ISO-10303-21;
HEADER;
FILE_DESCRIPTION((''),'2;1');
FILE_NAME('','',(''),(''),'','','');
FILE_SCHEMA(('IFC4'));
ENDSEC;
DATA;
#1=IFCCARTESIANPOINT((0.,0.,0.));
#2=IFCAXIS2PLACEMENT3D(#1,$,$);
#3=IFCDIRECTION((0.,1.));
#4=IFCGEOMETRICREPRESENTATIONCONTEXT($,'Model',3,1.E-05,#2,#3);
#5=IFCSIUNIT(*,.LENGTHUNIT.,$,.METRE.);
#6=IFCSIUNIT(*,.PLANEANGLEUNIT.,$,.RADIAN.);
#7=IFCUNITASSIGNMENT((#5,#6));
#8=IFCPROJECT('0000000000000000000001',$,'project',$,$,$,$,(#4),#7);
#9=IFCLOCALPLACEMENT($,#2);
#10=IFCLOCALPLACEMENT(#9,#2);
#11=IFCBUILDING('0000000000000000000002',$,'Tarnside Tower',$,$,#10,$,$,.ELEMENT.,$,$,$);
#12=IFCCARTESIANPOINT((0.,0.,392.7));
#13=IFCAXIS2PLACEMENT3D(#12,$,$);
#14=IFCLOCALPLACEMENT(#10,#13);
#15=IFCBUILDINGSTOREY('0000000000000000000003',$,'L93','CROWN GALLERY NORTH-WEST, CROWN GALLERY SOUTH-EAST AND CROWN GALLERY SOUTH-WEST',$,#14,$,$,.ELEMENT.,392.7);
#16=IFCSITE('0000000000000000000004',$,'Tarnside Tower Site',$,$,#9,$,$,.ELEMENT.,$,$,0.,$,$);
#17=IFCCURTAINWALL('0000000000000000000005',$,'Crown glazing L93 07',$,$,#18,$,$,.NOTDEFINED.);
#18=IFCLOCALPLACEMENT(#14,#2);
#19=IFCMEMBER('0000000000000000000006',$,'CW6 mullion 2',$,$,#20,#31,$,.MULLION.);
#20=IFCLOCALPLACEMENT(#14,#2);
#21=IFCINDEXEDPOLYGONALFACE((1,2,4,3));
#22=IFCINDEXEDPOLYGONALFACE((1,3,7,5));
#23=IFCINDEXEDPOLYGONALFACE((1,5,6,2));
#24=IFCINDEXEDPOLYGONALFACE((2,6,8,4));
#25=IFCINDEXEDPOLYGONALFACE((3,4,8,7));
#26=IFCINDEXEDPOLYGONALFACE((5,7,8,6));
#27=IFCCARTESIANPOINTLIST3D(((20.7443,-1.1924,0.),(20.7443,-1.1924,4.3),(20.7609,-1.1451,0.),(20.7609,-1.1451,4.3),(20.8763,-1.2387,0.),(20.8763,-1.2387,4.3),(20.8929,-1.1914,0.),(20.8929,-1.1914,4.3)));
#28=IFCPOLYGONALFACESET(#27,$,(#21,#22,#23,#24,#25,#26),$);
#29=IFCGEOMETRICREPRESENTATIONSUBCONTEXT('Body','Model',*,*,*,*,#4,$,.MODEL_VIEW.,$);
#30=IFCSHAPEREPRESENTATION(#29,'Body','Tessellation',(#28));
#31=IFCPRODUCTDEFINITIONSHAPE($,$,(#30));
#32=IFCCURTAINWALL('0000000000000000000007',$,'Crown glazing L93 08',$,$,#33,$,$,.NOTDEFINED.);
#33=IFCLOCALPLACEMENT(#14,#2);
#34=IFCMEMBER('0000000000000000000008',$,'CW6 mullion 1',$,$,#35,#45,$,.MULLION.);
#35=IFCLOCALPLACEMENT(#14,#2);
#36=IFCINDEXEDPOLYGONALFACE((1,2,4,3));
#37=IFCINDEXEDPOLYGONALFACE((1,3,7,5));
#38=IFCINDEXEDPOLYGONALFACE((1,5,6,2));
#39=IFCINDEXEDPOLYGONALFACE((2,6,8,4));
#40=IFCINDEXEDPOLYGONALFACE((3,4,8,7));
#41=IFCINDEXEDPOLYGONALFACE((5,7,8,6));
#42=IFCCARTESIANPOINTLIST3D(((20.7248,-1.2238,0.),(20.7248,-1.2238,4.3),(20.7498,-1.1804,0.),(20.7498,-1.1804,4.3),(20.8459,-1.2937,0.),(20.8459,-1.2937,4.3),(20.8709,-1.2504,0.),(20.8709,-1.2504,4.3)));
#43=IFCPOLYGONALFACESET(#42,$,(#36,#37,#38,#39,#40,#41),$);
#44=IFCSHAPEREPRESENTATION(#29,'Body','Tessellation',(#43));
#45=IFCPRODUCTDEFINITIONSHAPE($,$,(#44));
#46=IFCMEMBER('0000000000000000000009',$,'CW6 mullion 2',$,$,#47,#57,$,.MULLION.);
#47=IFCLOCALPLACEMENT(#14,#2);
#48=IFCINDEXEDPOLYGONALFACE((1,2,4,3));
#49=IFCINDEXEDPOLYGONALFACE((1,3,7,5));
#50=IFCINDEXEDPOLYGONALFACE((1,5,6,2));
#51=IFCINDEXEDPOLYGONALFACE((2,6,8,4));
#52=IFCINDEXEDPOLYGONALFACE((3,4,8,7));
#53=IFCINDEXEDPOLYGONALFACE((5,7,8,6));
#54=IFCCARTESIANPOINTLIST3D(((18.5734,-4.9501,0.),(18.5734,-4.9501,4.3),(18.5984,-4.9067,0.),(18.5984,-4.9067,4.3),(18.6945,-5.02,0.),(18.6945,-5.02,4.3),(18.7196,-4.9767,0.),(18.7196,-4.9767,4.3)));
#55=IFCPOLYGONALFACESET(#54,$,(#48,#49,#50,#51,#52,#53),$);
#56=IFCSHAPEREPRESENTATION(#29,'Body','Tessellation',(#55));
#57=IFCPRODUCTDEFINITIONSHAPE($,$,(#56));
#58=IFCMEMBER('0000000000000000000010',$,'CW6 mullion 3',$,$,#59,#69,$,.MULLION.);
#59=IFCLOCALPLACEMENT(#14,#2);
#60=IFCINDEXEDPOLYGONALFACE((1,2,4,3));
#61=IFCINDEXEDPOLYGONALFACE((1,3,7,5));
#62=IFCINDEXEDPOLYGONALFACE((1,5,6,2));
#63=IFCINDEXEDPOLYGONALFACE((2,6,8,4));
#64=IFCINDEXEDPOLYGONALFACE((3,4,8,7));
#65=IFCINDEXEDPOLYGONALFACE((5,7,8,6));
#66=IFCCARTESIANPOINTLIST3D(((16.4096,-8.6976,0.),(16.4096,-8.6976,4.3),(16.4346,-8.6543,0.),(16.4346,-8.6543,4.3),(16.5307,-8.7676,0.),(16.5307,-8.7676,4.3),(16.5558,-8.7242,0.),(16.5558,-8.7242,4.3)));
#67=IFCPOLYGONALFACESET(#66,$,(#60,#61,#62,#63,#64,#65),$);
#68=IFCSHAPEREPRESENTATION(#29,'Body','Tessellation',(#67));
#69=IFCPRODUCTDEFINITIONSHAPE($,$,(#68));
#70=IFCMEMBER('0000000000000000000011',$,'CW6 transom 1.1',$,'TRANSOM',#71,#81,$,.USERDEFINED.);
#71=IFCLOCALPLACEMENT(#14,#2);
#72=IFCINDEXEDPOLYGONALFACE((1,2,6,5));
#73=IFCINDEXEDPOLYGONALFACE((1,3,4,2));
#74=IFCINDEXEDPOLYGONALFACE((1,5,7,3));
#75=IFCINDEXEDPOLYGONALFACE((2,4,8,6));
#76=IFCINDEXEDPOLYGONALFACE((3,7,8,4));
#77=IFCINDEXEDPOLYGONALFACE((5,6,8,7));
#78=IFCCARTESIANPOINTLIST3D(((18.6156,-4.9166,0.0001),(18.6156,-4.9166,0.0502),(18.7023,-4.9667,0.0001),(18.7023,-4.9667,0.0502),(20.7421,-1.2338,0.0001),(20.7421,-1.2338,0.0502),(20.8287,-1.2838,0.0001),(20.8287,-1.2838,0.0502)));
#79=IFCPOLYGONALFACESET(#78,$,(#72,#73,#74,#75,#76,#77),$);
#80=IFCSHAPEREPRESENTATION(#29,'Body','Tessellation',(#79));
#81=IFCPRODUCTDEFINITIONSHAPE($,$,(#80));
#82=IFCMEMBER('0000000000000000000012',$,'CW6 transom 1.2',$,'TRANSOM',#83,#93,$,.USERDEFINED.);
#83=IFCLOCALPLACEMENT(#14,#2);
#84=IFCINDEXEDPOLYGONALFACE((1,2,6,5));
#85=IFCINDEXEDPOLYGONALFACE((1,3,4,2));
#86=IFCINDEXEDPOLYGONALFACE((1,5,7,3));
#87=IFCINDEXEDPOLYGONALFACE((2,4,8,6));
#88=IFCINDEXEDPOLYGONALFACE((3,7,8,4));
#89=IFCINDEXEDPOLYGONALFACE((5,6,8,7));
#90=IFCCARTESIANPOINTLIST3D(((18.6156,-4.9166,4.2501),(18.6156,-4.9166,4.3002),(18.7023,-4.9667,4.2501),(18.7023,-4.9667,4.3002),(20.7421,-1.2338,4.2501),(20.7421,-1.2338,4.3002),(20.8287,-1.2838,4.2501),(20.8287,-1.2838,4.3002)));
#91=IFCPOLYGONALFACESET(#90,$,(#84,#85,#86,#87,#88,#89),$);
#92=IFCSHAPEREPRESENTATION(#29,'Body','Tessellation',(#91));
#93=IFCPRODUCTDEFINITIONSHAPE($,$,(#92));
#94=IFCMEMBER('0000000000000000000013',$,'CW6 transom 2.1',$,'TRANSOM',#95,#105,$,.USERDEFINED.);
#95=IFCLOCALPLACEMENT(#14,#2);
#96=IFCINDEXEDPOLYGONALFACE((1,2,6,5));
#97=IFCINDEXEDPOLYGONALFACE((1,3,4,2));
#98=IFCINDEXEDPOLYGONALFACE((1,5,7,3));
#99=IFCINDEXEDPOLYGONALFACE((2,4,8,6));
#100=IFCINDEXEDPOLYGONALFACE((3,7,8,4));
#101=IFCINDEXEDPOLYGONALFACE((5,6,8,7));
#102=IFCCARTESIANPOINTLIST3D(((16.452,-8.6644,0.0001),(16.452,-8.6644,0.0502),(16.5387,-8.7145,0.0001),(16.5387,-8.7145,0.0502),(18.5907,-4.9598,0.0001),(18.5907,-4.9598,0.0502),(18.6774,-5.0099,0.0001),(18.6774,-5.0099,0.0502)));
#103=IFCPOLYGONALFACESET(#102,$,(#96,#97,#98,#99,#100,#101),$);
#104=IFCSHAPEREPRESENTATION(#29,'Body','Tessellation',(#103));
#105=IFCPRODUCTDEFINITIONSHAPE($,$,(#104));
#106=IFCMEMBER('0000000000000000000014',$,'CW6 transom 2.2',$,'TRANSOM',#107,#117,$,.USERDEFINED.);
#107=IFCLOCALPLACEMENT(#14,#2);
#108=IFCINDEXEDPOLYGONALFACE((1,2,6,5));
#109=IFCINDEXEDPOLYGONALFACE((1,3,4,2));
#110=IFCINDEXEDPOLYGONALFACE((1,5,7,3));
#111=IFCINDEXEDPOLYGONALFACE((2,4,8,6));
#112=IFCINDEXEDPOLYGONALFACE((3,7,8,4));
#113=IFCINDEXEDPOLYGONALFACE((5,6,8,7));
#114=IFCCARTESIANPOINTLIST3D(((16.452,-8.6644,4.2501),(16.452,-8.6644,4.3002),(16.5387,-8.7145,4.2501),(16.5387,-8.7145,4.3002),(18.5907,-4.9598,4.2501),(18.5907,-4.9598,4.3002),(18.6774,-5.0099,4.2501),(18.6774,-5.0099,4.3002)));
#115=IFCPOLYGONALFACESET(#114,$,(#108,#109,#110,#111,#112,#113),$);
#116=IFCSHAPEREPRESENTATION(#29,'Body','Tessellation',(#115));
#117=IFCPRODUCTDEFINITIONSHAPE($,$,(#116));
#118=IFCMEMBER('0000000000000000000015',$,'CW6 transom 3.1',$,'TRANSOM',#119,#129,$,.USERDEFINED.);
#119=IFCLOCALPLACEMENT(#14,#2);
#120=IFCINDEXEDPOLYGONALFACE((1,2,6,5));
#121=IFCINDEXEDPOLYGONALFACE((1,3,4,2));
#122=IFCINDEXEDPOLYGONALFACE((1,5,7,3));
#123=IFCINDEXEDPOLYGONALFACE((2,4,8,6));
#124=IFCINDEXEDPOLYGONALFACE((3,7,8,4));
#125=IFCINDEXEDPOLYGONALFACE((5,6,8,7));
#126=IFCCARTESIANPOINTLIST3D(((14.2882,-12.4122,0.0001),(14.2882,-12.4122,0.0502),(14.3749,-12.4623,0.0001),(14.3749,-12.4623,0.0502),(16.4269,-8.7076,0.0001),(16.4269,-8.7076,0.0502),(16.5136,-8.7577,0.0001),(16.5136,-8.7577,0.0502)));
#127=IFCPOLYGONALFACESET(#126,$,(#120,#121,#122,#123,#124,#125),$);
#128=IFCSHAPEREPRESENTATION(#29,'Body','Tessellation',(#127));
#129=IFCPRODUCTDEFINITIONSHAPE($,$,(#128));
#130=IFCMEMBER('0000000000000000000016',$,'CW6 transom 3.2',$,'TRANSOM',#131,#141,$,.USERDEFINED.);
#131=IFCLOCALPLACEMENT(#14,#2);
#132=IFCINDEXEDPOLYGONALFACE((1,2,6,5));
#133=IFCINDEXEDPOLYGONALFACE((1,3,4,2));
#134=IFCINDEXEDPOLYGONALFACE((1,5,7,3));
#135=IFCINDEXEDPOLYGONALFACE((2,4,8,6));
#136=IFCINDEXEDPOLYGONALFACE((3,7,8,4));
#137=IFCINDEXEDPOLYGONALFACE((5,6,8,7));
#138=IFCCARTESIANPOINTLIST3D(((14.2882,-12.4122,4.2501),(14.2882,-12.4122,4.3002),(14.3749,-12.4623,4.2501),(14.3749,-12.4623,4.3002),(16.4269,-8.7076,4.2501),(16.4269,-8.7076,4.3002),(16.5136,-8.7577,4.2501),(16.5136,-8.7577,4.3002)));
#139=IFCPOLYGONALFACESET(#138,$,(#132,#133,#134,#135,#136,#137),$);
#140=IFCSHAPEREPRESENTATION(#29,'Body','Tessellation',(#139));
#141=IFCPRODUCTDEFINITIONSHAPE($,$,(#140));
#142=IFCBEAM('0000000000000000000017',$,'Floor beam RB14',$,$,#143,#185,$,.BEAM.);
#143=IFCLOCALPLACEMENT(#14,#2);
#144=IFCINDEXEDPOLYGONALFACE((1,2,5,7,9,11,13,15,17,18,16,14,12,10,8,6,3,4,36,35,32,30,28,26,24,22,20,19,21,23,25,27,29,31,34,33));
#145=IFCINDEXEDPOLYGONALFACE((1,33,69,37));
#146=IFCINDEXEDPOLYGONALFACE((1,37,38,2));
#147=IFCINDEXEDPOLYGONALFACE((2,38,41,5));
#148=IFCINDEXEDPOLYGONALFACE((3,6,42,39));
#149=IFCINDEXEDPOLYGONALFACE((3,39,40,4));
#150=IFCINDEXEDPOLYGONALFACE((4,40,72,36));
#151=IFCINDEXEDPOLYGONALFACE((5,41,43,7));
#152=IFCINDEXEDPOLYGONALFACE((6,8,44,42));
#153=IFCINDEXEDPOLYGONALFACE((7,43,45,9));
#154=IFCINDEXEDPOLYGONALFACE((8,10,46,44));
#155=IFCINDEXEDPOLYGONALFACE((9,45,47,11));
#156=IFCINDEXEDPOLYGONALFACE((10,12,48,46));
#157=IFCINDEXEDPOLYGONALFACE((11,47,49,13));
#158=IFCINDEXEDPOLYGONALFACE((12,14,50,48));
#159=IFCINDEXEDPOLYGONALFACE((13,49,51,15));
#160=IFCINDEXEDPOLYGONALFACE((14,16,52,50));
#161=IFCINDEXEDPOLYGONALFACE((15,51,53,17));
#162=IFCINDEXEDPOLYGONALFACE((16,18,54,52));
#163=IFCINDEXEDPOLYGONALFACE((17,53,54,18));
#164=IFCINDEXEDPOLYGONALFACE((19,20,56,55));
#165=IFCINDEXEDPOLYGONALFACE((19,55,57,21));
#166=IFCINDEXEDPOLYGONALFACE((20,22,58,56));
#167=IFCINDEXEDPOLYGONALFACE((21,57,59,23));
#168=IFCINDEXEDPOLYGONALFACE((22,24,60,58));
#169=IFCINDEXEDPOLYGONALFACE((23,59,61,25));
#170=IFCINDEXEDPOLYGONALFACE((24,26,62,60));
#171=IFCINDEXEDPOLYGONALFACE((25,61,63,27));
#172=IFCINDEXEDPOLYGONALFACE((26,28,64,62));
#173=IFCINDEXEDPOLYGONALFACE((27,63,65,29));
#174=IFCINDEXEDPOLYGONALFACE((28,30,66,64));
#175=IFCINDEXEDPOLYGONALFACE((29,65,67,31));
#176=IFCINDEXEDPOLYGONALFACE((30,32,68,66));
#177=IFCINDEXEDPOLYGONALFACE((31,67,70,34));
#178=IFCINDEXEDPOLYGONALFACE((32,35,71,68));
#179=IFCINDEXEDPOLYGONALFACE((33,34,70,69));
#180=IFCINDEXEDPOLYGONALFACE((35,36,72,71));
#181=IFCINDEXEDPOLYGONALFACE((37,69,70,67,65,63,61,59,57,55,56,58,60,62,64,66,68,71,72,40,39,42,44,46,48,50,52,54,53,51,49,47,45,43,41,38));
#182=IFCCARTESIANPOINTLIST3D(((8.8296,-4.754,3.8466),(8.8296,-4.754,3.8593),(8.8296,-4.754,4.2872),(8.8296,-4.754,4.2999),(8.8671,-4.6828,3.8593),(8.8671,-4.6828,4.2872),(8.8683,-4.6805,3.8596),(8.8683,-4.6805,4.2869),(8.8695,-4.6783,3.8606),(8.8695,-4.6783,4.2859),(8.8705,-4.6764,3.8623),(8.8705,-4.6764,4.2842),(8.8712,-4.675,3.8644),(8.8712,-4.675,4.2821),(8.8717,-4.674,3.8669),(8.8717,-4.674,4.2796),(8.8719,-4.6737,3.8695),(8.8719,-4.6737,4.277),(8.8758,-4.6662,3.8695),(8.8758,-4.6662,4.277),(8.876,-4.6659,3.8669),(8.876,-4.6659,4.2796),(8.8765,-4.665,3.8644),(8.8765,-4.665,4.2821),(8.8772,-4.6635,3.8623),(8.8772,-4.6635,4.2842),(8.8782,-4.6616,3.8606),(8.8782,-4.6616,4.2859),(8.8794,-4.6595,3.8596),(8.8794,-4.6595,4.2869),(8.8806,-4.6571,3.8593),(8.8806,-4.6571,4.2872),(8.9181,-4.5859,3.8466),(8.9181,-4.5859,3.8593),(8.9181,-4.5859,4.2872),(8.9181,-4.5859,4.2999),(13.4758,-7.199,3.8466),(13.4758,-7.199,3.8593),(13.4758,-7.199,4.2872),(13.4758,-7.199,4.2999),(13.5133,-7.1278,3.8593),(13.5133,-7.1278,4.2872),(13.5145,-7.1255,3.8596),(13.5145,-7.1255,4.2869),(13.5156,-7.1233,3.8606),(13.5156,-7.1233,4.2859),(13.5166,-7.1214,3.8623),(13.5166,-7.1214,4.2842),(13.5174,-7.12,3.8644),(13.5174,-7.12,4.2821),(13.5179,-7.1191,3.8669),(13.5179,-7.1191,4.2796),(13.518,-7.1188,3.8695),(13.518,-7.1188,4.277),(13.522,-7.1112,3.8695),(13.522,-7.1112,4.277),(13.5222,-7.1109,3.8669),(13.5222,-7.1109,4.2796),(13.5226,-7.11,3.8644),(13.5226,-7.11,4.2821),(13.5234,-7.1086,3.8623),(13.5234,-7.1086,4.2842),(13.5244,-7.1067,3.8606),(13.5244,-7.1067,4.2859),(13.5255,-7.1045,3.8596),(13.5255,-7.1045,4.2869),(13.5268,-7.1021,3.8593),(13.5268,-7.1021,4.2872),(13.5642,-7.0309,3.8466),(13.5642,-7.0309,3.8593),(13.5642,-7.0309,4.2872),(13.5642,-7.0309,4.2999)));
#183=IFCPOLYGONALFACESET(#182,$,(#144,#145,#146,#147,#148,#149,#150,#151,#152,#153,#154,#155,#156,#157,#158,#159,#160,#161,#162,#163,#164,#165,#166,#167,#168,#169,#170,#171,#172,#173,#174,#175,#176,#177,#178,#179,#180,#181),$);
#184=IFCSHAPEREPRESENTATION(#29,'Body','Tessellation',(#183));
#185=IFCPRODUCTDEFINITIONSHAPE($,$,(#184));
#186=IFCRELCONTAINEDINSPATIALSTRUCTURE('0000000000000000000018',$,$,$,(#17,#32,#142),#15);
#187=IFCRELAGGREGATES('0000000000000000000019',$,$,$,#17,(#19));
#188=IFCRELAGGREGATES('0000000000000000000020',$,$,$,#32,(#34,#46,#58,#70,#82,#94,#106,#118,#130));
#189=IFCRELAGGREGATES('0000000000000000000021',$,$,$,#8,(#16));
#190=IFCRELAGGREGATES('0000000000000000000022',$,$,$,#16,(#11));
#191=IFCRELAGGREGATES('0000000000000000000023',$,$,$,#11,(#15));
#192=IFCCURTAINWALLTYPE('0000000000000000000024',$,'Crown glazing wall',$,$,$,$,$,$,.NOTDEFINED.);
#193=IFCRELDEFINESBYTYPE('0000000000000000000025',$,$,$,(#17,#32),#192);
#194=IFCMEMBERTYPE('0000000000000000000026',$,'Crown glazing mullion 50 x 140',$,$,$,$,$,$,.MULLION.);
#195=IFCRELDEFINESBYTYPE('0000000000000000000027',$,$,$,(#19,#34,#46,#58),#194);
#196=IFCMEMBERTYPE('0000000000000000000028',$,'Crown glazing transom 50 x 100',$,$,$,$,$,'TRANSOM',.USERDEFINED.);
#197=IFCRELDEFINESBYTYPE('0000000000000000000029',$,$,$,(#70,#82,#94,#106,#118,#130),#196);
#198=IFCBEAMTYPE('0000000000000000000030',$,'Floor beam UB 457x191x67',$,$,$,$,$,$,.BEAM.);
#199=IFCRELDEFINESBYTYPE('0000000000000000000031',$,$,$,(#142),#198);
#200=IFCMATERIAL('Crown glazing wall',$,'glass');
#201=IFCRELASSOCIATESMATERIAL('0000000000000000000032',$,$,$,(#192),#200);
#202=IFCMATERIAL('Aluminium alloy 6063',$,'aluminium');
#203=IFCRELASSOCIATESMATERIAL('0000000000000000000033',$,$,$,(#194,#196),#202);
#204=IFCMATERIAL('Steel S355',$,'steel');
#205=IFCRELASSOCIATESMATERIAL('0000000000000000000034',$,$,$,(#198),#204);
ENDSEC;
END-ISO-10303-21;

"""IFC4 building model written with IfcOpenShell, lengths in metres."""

from ifc_helpers import new_model, si_unit, direction, frame, origin, origin_2d, place, context, subcontext, project, spatial, rectangle, i_section, extrude, material, material_profile, profile_set, type_object, element, aggregate, save


model = new_model("IFC4")

# Units and contexts
model_context = context("Model", 3, precision=1e-05, world=origin(), true_north=direction((0.0, 1.0)))
body_context = subcontext(model_context, "Body", "Model", "MODEL_VIEW")
ifc_project = project(units=[si_unit("LENGTHUNIT", "METRE"), si_unit("PLANEANGLEUNIT", "RADIAN")], contexts=[model_context])

# Site, building, storey
site_placement = place(None, origin())
site = spatial("IfcSite", under=ifc_project, at=site_placement, Name="Tarnside Tower Site", CompositionType="ELEMENT", RefElevation=0.0)
building_placement = place(site_placement, origin())
building = spatial("IfcBuilding", under=site, at=building_placement, Name="Tarnside Tower", CompositionType="ELEMENT")
storey_placement = place(building_placement, frame((0.0, 0.0, 392.7)))
storey = spatial("IfcBuildingStorey", under=building, at=storey_placement, Name="L93", Description="CROWN GALLERY NORTH-WEST, CROWN GALLERY SOUTH-EAST AND CROWN GALLERY SOUTH-WEST", CompositionType="ELEMENT", Elevation=392.7)

# Curtain wall, member
ifc_material_1 = material(Name="Crown glazing wall", Category="glass")
curtain_wall_type = type_object("IfcCurtainWallType", Name="Crown glazing wall", PredefinedType="NOTDEFINED", material=ifc_material_1)
curtain_wall_1_placement = place(storey_placement, origin())
curtain_wall_1 = element("IfcCurtainWall", 1, at=curtain_wall_1_placement, inside=storey, type_object=curtain_wall_type, Name="Crown glazing L93 07", PredefinedType="NOTDEFINED")
ifc_material_2 = material(Name="Aluminium alloy 6063", Category="aluminium")
ifc_material_profile_1 = material_profile(ifc_material_2, rectangle(XDim=0.1399, YDim=0.05, at=origin_2d()), Name="Crown glazing mullion 50 x 140")
ifc_profile_set_1 = profile_set([ifc_material_profile_1], Name="Aluminium alloy 6063")
member_type_1 = type_object("IfcMemberType", Name="Crown glazing mullion 50 x 140", PredefinedType="MULLION", material=ifc_profile_set_1)
member_1_placement = place(storey_placement, frame((20.8186, -1.1919, 0.0), z_axis=(0.0, 0.0, 1.0), x_axis=(0.943609, -0.331063, 0.0)))
member_1 = element("IfcMember", 2, at=member_1_placement, type_object=member_type_1, Name="CW6 mullion 2", PredefinedType="MULLION", context=body_context, shape_type="SweptSolid", body=[
    extrude(rectangle(XDim=0.1399, YDim=0.05, at=origin_2d()), origin(), (0.0, 0.0, 1.0), 4.3),
])

# Curtain wall, members
curtain_wall_2_placement = place(storey_placement, origin())
curtain_wall_2 = element("IfcCurtainWall", 3, at=curtain_wall_2_placement, inside=storey, type_object=curtain_wall_type, Name="Crown glazing L93 08", PredefinedType="NOTDEFINED")
member_2_placement = place(storey_placement, frame((20.7979, -1.2371, 0.0), z_axis=(0.0, 0.0, 1.0), x_axis=(0.866025, -0.5, 0.0)))
member_2 = element("IfcMember", 4, at=member_2_placement, type_object=member_type_1, Name="CW6 mullion 1", PredefinedType="MULLION", context=body_context, shape_type="SweptSolid", body=[
    extrude(rectangle(XDim=0.1399, YDim=0.05, at=origin_2d()), origin(), (0.0, 0.0, 1.0), 4.3),
])
member_3_placement = place(storey_placement, frame((18.6465, -4.9634, 0.0), z_axis=(0.0, 0.0, 1.0), x_axis=(0.866025, -0.5, 0.0)))
member_3 = element("IfcMember", 5, at=member_3_placement, type_object=member_type_1, Name="CW6 mullion 2", PredefinedType="MULLION", context=body_context, shape_type="SweptSolid", body=[
    extrude(rectangle(XDim=0.1399, YDim=0.05, at=origin_2d()), origin(), (0.0, 0.0, 1.0), 4.3),
])
member_4_placement = place(storey_placement, frame((16.4827, -8.7109, 0.0), z_axis=(0.0, 0.0, 1.0), x_axis=(0.866025, -0.5, 0.0)))
member_4 = element("IfcMember", 6, at=member_4_placement, type_object=member_type_1, Name="CW6 mullion 3", PredefinedType="MULLION", context=body_context, shape_type="SweptSolid", body=[
    extrude(rectangle(XDim=0.1399, YDim=0.05, at=origin_2d()), origin(), (0.0, 0.0, 1.0), 4.3),
])
ifc_material_profile_2 = material_profile(ifc_material_2, rectangle(XDim=0.1001, YDim=0.05, at=origin_2d()), Name="Crown glazing transom 50 x 100")
ifc_profile_set_2 = profile_set([ifc_material_profile_2], Name="Aluminium alloy 6063")
member_type_2 = type_object("IfcMemberType", Name="Crown glazing transom 50 x 100", ElementType="TRANSOM", PredefinedType="USERDEFINED", material=ifc_profile_set_2)
member_5_placement = place(storey_placement, frame((20.7854, -1.2588, 0.0251), z_axis=(-0.500029, -0.866009, 0.0), x_axis=(0.866009, -0.500029, 0.0)))
member_5 = element("IfcMember", 7, at=member_5_placement, type_object=member_type_2, Name="CW6 transom 1.1", ObjectType="TRANSOM", PredefinedType="USERDEFINED", context=body_context, shape_type="SweptSolid", body=[
    extrude(rectangle(XDim=0.1001, YDim=0.05, at=origin_2d()), origin(), (0.0, 0.0, 1.0), 4.2527),
])
member_6_placement = place(storey_placement, frame((20.7854, -1.2588, 4.2751), z_axis=(-0.500029, -0.866009, 0.0), x_axis=(0.866009, -0.500029, 0.0)))
member_6 = element("IfcMember", 8, at=member_6_placement, type_object=member_type_2, Name="CW6 transom 1.2", ObjectType="TRANSOM", PredefinedType="USERDEFINED", context=body_context, shape_type="SweptSolid", body=[
    extrude(rectangle(XDim=0.1001, YDim=0.05, at=origin_2d()), origin(), (0.0, 0.0, 1.0), 4.2527),
])
member_7_placement = place(storey_placement, frame((18.634, -4.9849, 0.0251), z_axis=(-0.499969, -0.866043, 0.0), x_axis=(0.866043, -0.499969, 0.0)))
member_7 = element("IfcMember", 9, at=member_7_placement, type_object=member_type_2, Name="CW6 transom 2.1", ObjectType="TRANSOM", PredefinedType="USERDEFINED", context=body_context, shape_type="SweptSolid", body=[
    extrude(rectangle(XDim=0.1001, YDim=0.05, at=origin_2d()), origin(), (0.0, 0.0, 1.0), 4.2776),
])
member_8_placement = place(storey_placement, frame((18.634, -4.9849, 4.2751), z_axis=(-0.499969, -0.866043, 0.0), x_axis=(0.866043, -0.499969, 0.0)))
member_8 = element("IfcMember", 10, at=member_8_placement, type_object=member_type_2, Name="CW6 transom 2.2", ObjectType="TRANSOM", PredefinedType="USERDEFINED", context=body_context, shape_type="SweptSolid", body=[
    extrude(rectangle(XDim=0.1001, YDim=0.05, at=origin_2d()), origin(), (0.0, 0.0, 1.0), 4.2776),
])
member_9_placement = place(storey_placement, frame((16.4702, -8.7327, 0.0251), z_axis=(-0.499969, -0.866043, 0.0), x_axis=(0.866043, -0.499969, 0.0)))
member_9 = element("IfcMember", 11, at=member_9_placement, type_object=member_type_2, Name="CW6 transom 3.1", ObjectType="TRANSOM", PredefinedType="USERDEFINED", context=body_context, shape_type="SweptSolid", body=[
    extrude(rectangle(XDim=0.1001, YDim=0.05, at=origin_2d()), origin(), (0.0, 0.0, 1.0), 4.2776),
])
member_10_placement = place(storey_placement, frame((16.4702, -8.7327, 4.2751), z_axis=(-0.499969, -0.866043, 0.0), x_axis=(0.866043, -0.499969, 0.0)))
member_10 = element("IfcMember", 12, at=member_10_placement, type_object=member_type_2, Name="CW6 transom 3.2", ObjectType="TRANSOM", PredefinedType="USERDEFINED", context=body_context, shape_type="SweptSolid", body=[
    extrude(rectangle(XDim=0.1001, YDim=0.05, at=origin_2d()), origin(), (0.0, 0.0, 1.0), 4.2776),
])

# Beam
ifc_material_3 = material(Name="Steel S355", Category="steel")
ifc_material_profile_3 = material_profile(ifc_material_3, i_section(OverallWidth=0.1899, OverallDepth=0.4534, WebThickness=0.0085, FlangeThickness=0.0127, FilletRadius=0.0103, at=origin_2d()), Name="UB 457x191x67")
ifc_profile_set_3 = profile_set([ifc_material_profile_3], Name="Steel S355")
beam_type_1 = type_object("IfcBeamType", Name="Floor beam UB 457x191x67", PredefinedType="BEAM", material=ifc_profile_set_3)
beam_1_placement = place(storey_placement, frame((13.52, -7.115, 4.0732), z_axis=(-0.884943, 0.465699, 0.0), x_axis=(-0.465699, -0.884943, 0.0)))
element("IfcBeam", 13, at=beam_1_placement, inside=storey, type_object=beam_type_1, Name="Floor beam RB14", PredefinedType="BEAM", context=body_context, shape_type="SweptSolid", body=[
    extrude(i_section(OverallWidth=0.1899, OverallDepth=0.4534, WebThickness=0.0085, FlangeThickness=0.0127, FilletRadius=0.0103, at=origin_2d()), origin(), (0.0, 0.0, 1.0), 5.2502),
])

aggregate(curtain_wall_1, [member_1])
aggregate(curtain_wall_2, [member_2, member_3, member_4, member_5, member_6, member_7, member_8, member_9, member_10])

save(model, "model.ifc")
